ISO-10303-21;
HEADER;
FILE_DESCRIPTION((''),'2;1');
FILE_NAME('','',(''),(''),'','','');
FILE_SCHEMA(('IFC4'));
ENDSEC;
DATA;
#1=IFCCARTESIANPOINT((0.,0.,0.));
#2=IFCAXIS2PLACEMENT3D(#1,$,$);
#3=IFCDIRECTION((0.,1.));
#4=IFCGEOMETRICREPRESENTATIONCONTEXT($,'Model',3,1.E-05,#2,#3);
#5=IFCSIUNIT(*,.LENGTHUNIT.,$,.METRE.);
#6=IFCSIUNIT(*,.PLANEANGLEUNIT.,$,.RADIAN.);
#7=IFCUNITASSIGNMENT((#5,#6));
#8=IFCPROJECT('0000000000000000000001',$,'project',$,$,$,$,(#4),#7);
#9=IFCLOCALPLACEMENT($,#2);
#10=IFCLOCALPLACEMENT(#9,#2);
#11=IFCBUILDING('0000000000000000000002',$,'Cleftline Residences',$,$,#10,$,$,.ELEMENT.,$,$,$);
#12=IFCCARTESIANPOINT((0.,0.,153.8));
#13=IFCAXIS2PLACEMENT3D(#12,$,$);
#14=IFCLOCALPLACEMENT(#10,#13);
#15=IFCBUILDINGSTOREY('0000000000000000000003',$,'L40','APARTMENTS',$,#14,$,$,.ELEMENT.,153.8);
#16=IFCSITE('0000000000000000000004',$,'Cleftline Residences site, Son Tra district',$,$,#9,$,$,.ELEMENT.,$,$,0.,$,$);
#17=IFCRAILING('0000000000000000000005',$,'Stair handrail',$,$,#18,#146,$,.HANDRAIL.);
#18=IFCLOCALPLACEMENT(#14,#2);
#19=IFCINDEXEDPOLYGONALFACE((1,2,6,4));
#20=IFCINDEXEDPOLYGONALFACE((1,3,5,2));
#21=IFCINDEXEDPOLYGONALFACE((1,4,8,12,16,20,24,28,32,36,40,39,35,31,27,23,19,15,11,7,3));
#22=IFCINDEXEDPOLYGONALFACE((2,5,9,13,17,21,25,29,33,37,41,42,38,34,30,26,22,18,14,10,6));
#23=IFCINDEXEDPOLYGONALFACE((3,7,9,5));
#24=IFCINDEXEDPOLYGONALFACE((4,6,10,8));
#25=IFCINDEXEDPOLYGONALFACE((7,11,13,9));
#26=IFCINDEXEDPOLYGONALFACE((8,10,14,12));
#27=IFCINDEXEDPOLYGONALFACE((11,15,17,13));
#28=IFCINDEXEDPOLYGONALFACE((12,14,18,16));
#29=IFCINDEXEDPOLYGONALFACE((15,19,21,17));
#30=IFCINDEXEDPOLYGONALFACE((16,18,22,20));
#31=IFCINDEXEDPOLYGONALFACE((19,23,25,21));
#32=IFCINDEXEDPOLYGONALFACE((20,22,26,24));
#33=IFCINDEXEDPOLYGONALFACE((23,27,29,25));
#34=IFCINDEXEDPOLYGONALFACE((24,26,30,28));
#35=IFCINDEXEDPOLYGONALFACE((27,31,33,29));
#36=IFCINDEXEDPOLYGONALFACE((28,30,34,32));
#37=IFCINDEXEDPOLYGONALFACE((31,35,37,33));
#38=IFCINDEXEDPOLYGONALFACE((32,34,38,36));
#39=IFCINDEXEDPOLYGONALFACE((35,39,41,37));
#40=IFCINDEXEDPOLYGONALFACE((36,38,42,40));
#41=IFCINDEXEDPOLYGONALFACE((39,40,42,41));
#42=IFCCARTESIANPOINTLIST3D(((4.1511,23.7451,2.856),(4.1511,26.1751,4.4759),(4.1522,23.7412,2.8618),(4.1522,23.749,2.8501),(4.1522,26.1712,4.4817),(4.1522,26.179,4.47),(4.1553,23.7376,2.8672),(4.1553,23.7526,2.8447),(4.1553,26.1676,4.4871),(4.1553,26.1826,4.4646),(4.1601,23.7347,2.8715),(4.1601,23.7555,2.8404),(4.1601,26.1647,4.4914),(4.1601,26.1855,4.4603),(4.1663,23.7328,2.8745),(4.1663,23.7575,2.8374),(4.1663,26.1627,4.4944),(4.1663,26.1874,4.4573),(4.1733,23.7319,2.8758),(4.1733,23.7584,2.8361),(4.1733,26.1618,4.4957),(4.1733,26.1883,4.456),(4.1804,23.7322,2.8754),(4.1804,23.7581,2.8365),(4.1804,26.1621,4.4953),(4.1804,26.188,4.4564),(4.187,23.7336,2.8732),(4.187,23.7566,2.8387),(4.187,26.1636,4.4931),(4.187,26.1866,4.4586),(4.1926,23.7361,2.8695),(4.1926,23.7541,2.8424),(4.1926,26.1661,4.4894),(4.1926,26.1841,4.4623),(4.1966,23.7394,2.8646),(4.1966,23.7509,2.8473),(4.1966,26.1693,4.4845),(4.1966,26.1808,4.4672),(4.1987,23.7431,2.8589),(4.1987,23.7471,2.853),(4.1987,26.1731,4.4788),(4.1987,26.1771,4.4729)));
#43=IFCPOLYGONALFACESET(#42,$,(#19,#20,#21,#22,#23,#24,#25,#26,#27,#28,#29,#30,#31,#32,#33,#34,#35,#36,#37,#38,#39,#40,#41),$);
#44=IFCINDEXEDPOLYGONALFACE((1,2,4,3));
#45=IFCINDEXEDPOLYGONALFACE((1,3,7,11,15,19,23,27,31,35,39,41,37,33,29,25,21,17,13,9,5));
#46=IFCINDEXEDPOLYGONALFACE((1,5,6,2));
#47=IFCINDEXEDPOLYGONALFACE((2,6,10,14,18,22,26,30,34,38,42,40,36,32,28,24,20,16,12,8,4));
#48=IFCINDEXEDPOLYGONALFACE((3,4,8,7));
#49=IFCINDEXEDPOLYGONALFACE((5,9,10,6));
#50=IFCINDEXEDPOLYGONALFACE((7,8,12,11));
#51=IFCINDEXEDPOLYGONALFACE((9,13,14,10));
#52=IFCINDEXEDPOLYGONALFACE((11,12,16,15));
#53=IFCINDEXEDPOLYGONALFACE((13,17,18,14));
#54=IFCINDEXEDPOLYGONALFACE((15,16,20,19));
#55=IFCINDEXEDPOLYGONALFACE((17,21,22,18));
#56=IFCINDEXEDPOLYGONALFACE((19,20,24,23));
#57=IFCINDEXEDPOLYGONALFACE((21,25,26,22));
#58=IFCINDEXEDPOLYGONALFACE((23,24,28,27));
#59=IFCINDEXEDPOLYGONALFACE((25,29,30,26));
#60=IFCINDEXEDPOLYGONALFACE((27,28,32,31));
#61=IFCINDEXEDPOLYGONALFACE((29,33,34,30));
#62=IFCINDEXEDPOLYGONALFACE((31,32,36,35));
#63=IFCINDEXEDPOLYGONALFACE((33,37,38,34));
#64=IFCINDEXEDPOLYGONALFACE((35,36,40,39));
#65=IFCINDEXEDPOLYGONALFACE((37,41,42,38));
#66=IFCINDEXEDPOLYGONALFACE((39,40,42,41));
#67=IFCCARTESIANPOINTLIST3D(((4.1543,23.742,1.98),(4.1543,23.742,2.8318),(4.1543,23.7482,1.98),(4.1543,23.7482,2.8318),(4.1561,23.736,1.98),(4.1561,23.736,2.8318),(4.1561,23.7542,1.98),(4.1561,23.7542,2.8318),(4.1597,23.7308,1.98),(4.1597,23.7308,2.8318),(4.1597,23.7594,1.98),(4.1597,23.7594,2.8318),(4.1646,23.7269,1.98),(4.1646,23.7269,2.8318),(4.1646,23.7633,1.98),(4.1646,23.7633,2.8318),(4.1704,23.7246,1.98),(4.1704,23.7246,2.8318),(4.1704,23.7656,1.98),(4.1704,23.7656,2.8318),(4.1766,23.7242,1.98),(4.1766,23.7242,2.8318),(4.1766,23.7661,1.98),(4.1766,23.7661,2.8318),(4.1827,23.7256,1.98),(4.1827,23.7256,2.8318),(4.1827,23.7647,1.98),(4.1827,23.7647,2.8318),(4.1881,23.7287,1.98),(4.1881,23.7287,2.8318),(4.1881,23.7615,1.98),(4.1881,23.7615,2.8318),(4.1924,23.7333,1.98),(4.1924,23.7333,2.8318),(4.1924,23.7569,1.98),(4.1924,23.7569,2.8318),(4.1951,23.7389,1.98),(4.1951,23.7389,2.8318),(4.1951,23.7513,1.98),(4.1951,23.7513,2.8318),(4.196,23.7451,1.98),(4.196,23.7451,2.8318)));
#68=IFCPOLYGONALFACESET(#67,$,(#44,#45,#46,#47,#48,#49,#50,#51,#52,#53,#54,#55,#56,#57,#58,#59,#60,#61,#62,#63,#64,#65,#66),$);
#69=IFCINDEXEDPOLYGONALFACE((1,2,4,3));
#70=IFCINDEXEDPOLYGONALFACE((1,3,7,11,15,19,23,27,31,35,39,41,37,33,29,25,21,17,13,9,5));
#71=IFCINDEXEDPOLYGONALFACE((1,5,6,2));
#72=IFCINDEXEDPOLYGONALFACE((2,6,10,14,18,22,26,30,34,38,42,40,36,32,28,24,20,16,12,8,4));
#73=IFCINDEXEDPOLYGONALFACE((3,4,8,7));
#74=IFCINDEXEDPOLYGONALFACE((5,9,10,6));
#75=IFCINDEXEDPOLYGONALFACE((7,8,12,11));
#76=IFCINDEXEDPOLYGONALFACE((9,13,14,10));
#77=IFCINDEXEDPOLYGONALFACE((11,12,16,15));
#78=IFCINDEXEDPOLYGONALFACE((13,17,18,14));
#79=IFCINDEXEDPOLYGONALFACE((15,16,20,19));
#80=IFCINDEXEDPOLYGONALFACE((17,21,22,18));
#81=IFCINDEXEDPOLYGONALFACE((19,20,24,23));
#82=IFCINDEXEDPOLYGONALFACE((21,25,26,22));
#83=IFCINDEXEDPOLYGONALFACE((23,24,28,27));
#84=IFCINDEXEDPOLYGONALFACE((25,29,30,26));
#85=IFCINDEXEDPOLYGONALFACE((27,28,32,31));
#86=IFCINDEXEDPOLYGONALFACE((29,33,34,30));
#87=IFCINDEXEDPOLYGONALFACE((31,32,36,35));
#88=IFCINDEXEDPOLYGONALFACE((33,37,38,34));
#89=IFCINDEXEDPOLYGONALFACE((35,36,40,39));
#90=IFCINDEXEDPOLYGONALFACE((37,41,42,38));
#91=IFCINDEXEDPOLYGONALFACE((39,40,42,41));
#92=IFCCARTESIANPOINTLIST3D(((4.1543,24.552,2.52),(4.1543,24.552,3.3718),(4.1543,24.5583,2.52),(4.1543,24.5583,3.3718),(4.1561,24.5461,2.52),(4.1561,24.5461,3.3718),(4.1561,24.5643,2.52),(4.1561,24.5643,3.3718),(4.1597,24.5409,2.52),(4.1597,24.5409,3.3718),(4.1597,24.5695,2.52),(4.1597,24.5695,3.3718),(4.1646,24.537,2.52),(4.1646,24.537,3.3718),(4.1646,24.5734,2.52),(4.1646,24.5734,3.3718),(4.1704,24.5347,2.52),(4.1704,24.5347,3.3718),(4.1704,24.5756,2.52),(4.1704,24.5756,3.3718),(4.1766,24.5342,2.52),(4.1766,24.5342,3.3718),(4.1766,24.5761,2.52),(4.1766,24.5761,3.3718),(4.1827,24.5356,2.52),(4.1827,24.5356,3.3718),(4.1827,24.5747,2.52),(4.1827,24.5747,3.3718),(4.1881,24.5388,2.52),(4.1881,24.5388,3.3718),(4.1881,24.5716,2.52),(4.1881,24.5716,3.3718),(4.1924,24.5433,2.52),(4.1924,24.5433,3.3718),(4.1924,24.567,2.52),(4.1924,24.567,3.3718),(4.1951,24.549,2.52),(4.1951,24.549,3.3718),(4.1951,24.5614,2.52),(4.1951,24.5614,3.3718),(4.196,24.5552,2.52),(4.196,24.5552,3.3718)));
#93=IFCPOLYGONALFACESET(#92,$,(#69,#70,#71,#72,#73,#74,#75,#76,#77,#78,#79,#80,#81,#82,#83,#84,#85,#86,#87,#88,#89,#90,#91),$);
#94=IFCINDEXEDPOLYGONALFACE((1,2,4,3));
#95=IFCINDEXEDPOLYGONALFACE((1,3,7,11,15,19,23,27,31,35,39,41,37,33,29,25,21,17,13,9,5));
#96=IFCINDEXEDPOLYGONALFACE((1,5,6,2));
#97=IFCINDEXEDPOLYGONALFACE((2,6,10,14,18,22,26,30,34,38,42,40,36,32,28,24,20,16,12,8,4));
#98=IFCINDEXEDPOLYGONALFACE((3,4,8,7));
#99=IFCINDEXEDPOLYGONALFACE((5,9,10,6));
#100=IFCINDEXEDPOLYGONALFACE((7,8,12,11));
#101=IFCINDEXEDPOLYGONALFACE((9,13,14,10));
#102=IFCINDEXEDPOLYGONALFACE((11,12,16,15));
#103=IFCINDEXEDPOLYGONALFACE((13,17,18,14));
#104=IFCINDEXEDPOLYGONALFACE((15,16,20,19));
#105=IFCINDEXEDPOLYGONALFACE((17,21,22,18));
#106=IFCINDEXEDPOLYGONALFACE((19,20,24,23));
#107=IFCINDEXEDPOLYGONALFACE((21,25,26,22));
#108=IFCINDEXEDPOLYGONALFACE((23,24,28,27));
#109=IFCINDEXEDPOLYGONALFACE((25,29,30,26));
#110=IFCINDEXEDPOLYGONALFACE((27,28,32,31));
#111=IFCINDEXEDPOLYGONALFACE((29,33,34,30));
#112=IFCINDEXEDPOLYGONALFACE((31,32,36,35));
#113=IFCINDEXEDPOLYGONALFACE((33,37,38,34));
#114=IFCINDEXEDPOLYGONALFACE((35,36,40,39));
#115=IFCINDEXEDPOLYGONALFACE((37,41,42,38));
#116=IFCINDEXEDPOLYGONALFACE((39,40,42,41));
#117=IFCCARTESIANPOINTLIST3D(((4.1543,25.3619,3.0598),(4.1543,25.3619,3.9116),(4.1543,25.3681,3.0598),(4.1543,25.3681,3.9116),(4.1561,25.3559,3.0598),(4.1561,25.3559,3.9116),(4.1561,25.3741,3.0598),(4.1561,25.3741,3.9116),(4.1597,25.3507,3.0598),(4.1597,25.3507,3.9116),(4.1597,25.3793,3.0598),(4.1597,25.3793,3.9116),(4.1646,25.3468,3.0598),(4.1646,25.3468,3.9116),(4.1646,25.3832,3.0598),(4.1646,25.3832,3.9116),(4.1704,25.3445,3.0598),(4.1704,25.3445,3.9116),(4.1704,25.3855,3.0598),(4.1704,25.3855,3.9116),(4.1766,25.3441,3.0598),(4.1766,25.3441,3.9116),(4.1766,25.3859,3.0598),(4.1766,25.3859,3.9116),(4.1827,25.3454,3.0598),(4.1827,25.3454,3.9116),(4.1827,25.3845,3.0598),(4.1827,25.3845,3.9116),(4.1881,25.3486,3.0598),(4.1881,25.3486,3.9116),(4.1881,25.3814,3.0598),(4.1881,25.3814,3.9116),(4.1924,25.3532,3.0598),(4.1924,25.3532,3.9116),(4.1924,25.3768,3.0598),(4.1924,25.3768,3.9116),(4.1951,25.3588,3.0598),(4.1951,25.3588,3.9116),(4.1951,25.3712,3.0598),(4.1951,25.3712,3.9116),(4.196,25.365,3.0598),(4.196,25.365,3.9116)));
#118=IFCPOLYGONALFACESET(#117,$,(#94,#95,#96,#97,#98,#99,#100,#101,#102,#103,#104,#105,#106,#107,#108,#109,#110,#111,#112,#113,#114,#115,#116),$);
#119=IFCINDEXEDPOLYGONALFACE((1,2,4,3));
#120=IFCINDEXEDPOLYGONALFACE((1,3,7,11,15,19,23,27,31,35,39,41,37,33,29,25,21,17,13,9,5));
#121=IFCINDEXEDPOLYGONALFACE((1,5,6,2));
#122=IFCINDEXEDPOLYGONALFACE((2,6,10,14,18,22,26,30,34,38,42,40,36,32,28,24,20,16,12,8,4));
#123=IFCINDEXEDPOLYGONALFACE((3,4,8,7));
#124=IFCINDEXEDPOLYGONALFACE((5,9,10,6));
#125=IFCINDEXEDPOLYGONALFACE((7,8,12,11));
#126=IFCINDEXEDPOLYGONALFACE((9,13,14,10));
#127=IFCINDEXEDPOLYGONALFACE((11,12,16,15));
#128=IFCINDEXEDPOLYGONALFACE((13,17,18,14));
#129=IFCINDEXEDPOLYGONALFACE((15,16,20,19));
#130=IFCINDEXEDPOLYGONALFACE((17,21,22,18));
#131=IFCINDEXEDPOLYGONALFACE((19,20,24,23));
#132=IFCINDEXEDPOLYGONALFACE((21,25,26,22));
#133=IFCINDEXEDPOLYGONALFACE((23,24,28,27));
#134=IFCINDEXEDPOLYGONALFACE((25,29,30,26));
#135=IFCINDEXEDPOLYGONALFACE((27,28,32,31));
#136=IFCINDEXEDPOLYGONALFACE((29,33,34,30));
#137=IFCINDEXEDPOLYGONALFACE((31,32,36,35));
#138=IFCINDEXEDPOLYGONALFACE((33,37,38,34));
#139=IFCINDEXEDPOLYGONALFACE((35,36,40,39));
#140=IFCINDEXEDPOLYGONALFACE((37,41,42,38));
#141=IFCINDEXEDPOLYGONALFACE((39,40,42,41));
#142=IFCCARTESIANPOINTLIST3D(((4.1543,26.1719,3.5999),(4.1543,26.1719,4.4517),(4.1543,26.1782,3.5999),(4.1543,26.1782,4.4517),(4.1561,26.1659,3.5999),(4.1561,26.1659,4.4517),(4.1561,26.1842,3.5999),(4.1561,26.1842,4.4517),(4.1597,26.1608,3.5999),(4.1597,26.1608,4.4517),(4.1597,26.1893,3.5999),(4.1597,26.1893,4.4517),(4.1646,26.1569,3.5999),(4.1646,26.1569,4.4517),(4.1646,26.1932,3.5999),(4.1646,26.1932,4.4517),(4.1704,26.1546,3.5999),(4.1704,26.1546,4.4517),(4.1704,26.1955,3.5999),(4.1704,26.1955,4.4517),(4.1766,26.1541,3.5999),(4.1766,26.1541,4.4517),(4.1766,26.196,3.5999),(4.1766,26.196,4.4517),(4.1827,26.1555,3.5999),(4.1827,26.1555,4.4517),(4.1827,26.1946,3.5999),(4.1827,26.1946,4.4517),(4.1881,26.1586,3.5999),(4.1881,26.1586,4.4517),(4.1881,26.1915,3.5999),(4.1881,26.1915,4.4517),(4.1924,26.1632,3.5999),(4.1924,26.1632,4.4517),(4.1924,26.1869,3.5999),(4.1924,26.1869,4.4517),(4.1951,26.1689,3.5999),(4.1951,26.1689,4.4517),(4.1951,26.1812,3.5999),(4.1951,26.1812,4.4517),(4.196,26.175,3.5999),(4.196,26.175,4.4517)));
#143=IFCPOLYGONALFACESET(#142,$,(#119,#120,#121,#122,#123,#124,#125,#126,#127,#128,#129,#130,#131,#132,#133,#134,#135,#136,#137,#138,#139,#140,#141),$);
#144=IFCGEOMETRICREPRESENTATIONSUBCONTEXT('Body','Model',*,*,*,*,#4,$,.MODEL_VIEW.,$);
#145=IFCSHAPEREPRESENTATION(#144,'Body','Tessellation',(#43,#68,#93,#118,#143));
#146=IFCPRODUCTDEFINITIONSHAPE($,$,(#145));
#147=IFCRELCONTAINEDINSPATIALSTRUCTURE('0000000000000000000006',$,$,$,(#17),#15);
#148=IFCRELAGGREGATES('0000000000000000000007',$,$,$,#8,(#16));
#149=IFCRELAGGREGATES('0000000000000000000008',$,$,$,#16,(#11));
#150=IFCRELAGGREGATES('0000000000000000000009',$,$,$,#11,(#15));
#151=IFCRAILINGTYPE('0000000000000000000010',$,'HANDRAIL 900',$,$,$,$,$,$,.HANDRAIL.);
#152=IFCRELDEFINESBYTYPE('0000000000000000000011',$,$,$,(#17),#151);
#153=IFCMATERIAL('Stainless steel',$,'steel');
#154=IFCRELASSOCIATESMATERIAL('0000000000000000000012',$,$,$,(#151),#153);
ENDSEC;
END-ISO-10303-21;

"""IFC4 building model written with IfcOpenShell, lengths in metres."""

from ifc_helpers import new_model, si_unit, direction, frame, origin, origin_2d, place, context, subcontext, project, spatial, circle, extrude, material, type_object, element, save


model = new_model("IFC4")

# Units and contexts
model_context = context("Model", 3, precision=1e-05, world=origin(), true_north=direction((0.0, 1.0)))
body_context = subcontext(model_context, "Body", "Model", "MODEL_VIEW")
ifc_project = project(units=[si_unit("LENGTHUNIT", "METRE"), si_unit("PLANEANGLEUNIT", "RADIAN")], contexts=[model_context])

# Site, building, storey
site_placement = place(None, origin())
site = spatial("IfcSite", under=ifc_project, at=site_placement, Name="Cleftline Residences site, Son Tra district", CompositionType="ELEMENT", RefElevation=0.0)
building_placement = place(site_placement, origin())
building = spatial("IfcBuilding", under=site, at=building_placement, Name="Cleftline Residences", CompositionType="ELEMENT")
storey_placement = place(building_placement, frame((0.0, 0.0, 153.8)))
storey = spatial("IfcBuildingStorey", under=building, at=storey_placement, Name="L40", Description="APARTMENTS", CompositionType="ELEMENT", Elevation=153.8)

# Railing
ifc_material_1 = material(Name="Stainless steel", Category="steel")
railing_type = type_object("IfcRailingType", Name="HANDRAIL 900", PredefinedType="HANDRAIL", material=ifc_material_1)
railing_1_placement = place(storey_placement, frame((4.175, 23.7451, 1.98)))
element("IfcRailing", 1, at=railing_1_placement, inside=storey, type_object=railing_type, Name="Stair handrail", PredefinedType="HANDRAIL", context=body_context, shape_type="SweptSolid", body=[
    extrude(circle(Radius=0.0239, at=origin_2d()), frame((0.0, 0.0, 0.876), z_axis=(0.0, 0.832063, 0.554681), x_axis=(-1.0, 0.0, 0.0)), (0.0, 0.0, 1.0), 2.9204),
    extrude(circle(Radius=0.021, at=origin_2d()), origin(), (0.0, 0.0, 1.0), 0.8518),
    extrude(circle(Radius=0.021, at=origin_2d()), frame((0.0, 0.8101, 0.54)), (0.0, 0.0, 1.0), 0.8518),
    extrude(circle(Radius=0.021, at=origin_2d()), frame((0.0, 1.6199, 1.0798)), (0.0, 0.0, 1.0), 0.8518),
    extrude(circle(Radius=0.021, at=origin_2d()), frame((0.0, 2.4299, 1.6199)), (0.0, 0.0, 1.0), 0.8518),
])

save(model, "model.ifc")
